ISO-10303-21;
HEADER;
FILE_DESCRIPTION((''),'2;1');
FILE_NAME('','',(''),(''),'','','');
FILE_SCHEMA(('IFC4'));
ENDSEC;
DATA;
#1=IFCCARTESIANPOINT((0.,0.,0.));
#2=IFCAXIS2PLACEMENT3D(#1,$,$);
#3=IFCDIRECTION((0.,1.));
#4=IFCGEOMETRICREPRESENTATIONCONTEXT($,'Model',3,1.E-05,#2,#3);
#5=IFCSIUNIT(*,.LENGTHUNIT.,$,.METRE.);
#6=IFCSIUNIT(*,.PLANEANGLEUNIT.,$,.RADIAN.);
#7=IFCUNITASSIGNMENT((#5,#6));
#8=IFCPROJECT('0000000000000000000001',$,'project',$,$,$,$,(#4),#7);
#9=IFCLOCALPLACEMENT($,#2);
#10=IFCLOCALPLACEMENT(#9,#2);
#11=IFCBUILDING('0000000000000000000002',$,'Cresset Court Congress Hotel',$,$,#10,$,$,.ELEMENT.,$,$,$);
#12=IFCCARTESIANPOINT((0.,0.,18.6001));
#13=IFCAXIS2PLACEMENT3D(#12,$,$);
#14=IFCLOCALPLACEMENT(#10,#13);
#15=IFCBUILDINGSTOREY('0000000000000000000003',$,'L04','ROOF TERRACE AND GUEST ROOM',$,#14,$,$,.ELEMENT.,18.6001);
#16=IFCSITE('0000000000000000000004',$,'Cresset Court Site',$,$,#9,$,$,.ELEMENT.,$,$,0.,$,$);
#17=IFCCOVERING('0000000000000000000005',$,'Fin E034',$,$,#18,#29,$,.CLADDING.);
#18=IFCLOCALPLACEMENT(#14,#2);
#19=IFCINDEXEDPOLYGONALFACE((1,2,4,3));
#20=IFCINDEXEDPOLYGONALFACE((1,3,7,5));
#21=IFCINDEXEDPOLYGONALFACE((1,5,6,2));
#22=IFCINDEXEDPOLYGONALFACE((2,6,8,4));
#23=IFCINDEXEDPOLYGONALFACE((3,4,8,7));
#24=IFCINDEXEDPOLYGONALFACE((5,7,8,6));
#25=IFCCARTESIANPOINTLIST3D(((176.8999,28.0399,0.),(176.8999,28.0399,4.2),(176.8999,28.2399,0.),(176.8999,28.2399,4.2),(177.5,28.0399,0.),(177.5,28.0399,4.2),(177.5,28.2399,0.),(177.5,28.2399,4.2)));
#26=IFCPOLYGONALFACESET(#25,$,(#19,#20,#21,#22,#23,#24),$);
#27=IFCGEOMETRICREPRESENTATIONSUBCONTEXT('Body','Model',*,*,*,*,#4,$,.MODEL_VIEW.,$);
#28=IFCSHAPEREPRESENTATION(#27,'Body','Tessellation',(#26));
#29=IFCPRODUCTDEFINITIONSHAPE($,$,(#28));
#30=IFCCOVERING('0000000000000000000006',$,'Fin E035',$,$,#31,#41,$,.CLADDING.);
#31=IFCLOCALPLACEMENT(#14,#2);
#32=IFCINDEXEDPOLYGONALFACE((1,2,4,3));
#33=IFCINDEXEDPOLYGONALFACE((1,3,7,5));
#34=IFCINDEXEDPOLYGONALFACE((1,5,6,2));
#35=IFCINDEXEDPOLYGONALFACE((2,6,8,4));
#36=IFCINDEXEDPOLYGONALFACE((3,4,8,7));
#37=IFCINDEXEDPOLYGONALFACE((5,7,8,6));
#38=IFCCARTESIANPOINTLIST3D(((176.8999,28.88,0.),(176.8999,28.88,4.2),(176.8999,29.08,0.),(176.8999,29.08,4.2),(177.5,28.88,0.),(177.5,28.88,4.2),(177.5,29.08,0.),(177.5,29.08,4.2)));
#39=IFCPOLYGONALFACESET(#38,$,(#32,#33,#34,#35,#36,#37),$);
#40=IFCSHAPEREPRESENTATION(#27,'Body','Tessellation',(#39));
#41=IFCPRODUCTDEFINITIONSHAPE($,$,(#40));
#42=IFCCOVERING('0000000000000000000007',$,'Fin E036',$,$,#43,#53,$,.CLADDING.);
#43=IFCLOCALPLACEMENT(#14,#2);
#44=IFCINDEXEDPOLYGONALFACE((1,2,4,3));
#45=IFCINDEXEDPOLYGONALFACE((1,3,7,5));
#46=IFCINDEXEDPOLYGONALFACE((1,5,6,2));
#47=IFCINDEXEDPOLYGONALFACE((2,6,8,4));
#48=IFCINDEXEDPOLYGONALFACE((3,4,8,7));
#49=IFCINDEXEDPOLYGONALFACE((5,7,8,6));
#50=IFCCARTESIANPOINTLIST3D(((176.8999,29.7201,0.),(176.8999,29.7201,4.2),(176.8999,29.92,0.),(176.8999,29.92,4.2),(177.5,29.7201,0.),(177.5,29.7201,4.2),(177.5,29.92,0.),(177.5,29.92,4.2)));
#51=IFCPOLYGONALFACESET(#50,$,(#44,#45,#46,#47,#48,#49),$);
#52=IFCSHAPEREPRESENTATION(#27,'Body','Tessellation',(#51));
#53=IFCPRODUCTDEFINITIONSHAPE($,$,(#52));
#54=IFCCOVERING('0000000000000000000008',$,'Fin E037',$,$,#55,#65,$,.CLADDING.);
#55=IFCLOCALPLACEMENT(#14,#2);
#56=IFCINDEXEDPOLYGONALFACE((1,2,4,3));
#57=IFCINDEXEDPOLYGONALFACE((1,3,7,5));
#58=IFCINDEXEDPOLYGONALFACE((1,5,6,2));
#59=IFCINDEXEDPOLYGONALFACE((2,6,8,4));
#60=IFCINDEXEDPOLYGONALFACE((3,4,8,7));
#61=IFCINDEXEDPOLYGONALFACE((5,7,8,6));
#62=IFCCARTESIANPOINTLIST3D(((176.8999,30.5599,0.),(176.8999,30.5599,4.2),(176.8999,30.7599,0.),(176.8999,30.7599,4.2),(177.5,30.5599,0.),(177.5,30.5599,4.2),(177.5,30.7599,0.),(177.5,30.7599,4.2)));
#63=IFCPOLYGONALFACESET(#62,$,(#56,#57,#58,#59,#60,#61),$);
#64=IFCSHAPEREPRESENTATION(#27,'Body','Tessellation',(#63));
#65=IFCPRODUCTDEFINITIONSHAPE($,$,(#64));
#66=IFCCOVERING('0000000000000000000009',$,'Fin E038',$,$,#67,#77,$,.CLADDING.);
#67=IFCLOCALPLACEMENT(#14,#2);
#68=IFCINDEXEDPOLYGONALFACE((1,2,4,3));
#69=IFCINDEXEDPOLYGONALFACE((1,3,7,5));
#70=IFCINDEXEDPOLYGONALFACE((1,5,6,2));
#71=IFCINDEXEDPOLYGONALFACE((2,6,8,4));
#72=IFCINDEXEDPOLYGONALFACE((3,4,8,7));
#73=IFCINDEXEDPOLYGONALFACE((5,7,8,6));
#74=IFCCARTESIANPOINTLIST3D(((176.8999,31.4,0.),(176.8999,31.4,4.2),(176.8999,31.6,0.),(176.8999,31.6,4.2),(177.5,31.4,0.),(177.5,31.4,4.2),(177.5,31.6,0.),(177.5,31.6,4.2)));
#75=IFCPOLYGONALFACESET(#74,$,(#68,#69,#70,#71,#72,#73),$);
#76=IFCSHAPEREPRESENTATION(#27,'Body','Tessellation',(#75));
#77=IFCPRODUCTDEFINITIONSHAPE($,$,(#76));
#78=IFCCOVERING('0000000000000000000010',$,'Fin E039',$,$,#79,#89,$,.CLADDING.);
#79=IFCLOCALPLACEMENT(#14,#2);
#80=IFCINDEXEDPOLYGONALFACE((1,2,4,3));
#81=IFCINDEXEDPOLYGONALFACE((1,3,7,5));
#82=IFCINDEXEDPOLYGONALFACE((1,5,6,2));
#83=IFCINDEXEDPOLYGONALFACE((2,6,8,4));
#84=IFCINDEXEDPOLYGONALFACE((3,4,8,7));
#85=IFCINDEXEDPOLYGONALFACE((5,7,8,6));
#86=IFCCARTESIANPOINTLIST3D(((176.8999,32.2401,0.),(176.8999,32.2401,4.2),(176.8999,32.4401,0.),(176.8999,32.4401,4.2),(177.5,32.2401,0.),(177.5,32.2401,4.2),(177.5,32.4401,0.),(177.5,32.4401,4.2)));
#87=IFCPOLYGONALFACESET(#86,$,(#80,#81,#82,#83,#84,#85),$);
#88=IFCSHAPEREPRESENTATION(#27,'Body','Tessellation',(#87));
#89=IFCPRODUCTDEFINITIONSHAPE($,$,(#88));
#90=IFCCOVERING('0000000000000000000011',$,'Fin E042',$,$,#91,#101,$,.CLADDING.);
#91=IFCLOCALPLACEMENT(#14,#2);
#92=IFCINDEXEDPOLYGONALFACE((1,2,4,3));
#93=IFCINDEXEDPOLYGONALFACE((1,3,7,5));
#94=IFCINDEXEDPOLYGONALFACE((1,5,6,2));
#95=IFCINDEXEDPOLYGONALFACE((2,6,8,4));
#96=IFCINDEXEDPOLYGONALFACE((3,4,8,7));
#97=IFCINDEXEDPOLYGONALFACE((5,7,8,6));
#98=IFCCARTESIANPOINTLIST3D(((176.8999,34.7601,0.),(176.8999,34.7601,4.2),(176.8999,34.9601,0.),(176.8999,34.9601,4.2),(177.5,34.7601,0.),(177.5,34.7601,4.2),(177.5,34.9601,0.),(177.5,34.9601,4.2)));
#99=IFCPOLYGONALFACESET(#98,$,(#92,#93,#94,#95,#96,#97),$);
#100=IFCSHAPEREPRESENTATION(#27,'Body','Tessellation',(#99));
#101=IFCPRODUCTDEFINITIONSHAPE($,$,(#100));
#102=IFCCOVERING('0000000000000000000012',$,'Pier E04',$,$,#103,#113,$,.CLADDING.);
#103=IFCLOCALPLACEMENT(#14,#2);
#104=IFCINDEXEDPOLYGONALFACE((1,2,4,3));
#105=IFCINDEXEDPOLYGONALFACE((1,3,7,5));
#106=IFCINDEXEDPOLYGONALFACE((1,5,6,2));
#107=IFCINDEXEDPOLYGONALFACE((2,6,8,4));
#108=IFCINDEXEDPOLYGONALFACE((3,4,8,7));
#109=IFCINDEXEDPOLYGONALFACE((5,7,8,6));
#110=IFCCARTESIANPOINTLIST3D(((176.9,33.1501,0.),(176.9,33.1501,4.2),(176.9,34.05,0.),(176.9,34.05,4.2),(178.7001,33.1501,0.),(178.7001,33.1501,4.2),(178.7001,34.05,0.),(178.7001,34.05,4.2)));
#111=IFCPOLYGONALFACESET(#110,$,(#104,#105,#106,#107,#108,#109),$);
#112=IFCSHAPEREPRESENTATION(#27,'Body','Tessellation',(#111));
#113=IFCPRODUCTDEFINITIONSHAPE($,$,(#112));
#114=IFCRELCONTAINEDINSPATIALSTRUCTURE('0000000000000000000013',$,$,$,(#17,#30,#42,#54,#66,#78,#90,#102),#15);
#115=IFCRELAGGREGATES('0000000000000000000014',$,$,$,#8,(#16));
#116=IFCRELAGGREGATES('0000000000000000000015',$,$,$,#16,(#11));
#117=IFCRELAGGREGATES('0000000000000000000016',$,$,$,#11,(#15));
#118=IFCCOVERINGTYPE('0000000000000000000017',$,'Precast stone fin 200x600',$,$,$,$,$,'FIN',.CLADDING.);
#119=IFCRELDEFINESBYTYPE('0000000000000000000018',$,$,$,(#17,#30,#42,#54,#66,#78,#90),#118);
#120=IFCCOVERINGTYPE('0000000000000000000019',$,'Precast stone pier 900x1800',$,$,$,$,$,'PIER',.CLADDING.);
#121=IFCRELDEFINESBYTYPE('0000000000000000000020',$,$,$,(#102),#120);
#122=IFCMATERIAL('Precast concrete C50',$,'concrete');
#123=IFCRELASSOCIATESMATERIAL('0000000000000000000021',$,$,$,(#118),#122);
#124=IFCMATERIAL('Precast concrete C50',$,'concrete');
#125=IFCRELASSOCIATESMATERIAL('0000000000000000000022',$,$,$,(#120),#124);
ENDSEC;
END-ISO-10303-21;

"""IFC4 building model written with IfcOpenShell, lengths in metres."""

from ifc_helpers import new_model, si_unit, direction, frame, origin, origin_2d, place, context, subcontext, project, spatial, rectangle, extrude, material, type_object, element, save


model = new_model("IFC4")

# Units and contexts
model_context = context("Model", 3, precision=1e-05, world=origin(), true_north=direction((0.0, 1.0)))
body_context = subcontext(model_context, "Body", "Model", "MODEL_VIEW")
ifc_project = project(units=[si_unit("LENGTHUNIT", "METRE"), si_unit("PLANEANGLEUNIT", "RADIAN")], contexts=[model_context])

# Site, building, storey
site_placement = place(None, origin())
site = spatial("IfcSite", under=ifc_project, at=site_placement, Name="Cresset Court Site", CompositionType="ELEMENT", RefElevation=0.0)
building_placement = place(site_placement, origin())
building = spatial("IfcBuilding", under=site, at=building_placement, Name="Cresset Court Congress Hotel", CompositionType="ELEMENT")
storey_placement = place(building_placement, frame((0.0, 0.0, 18.6001)))
storey = spatial("IfcBuildingStorey", under=building, at=storey_placement, Name="L04", Description="ROOF TERRACE AND GUEST ROOM", CompositionType="ELEMENT", Elevation=18.6001)

# Coverings
ifc_material_1 = material(Name="Precast concrete C50", Category="concrete")
covering_type_1 = type_object("IfcCoveringType", Name="Precast stone fin 200x600", ElementType="FIN", PredefinedType="CLADDING", material=ifc_material_1)
for number, where, z_axis, x_axis, name in (
    (1, (177.2, 28.1399, 0.0), (0.0, 0.0, 1.0), (1.0, 0.0, 0.0), "Fin E034"),
    (2, (177.2, 28.98, 0.0), (0.0, 0.0, 1.0), (1.0, 0.0, 0.0), "Fin E035"),
    (3, (177.2, 29.8201, 0.0), (0.0, 0.0, 1.0), (1.0, 0.0, 0.0), "Fin E036"),
    (4, (177.2, 30.6599, 0.0), (0.0, 0.0, 1.0), (1.0, 0.0, 0.0), "Fin E037"),
    (5, (177.2, 31.5, 0.0), (0.0, 0.0, 1.0), (1.0, 0.0, 0.0), "Fin E038"),
    (6, (177.2, 32.3401, 0.0), (0.0, 0.0, 1.0), (1.0, 0.0, 0.0), "Fin E039"),
    (7, (177.2, 34.8601, 0.0), (0.0, 0.0, 1.0), (1.0, 0.0, 0.0), "Fin E042"),
):
    element("IfcCovering", number, at=place(storey_placement, frame(where, z_axis=z_axis, x_axis=x_axis)), inside=storey, type_object=covering_type_1, Name=name, PredefinedType="CLADDING", context=body_context, shape_type="SweptSolid", body=[
        extrude(rectangle(XDim=0.6001, YDim=0.2, at=origin_2d()), origin(), (0.0, 0.0, 1.0), 4.2),
    ])
ifc_material_2 = material(Name="Precast concrete C50", Category="concrete")
covering_type_2 = type_object("IfcCoveringType", Name="Precast stone pier 900x1800", ElementType="PIER", PredefinedType="CLADDING", material=ifc_material_2)
covering_placement = place(storey_placement, frame((177.8, 33.6001, 0.0), z_axis=(0.0, 0.0, 1.0), x_axis=(1.0, 0.0, 0.0)))
element("IfcCovering", 8, at=covering_placement, inside=storey, type_object=covering_type_2, Name="Pier E04", PredefinedType="CLADDING", context=body_context, shape_type="SweptSolid", body=[
    extrude(rectangle(XDim=1.8, YDim=0.8999, at=origin_2d()), origin(), (0.0, 0.0, 1.0), 4.2),
])

save(model, "model.ifc")
